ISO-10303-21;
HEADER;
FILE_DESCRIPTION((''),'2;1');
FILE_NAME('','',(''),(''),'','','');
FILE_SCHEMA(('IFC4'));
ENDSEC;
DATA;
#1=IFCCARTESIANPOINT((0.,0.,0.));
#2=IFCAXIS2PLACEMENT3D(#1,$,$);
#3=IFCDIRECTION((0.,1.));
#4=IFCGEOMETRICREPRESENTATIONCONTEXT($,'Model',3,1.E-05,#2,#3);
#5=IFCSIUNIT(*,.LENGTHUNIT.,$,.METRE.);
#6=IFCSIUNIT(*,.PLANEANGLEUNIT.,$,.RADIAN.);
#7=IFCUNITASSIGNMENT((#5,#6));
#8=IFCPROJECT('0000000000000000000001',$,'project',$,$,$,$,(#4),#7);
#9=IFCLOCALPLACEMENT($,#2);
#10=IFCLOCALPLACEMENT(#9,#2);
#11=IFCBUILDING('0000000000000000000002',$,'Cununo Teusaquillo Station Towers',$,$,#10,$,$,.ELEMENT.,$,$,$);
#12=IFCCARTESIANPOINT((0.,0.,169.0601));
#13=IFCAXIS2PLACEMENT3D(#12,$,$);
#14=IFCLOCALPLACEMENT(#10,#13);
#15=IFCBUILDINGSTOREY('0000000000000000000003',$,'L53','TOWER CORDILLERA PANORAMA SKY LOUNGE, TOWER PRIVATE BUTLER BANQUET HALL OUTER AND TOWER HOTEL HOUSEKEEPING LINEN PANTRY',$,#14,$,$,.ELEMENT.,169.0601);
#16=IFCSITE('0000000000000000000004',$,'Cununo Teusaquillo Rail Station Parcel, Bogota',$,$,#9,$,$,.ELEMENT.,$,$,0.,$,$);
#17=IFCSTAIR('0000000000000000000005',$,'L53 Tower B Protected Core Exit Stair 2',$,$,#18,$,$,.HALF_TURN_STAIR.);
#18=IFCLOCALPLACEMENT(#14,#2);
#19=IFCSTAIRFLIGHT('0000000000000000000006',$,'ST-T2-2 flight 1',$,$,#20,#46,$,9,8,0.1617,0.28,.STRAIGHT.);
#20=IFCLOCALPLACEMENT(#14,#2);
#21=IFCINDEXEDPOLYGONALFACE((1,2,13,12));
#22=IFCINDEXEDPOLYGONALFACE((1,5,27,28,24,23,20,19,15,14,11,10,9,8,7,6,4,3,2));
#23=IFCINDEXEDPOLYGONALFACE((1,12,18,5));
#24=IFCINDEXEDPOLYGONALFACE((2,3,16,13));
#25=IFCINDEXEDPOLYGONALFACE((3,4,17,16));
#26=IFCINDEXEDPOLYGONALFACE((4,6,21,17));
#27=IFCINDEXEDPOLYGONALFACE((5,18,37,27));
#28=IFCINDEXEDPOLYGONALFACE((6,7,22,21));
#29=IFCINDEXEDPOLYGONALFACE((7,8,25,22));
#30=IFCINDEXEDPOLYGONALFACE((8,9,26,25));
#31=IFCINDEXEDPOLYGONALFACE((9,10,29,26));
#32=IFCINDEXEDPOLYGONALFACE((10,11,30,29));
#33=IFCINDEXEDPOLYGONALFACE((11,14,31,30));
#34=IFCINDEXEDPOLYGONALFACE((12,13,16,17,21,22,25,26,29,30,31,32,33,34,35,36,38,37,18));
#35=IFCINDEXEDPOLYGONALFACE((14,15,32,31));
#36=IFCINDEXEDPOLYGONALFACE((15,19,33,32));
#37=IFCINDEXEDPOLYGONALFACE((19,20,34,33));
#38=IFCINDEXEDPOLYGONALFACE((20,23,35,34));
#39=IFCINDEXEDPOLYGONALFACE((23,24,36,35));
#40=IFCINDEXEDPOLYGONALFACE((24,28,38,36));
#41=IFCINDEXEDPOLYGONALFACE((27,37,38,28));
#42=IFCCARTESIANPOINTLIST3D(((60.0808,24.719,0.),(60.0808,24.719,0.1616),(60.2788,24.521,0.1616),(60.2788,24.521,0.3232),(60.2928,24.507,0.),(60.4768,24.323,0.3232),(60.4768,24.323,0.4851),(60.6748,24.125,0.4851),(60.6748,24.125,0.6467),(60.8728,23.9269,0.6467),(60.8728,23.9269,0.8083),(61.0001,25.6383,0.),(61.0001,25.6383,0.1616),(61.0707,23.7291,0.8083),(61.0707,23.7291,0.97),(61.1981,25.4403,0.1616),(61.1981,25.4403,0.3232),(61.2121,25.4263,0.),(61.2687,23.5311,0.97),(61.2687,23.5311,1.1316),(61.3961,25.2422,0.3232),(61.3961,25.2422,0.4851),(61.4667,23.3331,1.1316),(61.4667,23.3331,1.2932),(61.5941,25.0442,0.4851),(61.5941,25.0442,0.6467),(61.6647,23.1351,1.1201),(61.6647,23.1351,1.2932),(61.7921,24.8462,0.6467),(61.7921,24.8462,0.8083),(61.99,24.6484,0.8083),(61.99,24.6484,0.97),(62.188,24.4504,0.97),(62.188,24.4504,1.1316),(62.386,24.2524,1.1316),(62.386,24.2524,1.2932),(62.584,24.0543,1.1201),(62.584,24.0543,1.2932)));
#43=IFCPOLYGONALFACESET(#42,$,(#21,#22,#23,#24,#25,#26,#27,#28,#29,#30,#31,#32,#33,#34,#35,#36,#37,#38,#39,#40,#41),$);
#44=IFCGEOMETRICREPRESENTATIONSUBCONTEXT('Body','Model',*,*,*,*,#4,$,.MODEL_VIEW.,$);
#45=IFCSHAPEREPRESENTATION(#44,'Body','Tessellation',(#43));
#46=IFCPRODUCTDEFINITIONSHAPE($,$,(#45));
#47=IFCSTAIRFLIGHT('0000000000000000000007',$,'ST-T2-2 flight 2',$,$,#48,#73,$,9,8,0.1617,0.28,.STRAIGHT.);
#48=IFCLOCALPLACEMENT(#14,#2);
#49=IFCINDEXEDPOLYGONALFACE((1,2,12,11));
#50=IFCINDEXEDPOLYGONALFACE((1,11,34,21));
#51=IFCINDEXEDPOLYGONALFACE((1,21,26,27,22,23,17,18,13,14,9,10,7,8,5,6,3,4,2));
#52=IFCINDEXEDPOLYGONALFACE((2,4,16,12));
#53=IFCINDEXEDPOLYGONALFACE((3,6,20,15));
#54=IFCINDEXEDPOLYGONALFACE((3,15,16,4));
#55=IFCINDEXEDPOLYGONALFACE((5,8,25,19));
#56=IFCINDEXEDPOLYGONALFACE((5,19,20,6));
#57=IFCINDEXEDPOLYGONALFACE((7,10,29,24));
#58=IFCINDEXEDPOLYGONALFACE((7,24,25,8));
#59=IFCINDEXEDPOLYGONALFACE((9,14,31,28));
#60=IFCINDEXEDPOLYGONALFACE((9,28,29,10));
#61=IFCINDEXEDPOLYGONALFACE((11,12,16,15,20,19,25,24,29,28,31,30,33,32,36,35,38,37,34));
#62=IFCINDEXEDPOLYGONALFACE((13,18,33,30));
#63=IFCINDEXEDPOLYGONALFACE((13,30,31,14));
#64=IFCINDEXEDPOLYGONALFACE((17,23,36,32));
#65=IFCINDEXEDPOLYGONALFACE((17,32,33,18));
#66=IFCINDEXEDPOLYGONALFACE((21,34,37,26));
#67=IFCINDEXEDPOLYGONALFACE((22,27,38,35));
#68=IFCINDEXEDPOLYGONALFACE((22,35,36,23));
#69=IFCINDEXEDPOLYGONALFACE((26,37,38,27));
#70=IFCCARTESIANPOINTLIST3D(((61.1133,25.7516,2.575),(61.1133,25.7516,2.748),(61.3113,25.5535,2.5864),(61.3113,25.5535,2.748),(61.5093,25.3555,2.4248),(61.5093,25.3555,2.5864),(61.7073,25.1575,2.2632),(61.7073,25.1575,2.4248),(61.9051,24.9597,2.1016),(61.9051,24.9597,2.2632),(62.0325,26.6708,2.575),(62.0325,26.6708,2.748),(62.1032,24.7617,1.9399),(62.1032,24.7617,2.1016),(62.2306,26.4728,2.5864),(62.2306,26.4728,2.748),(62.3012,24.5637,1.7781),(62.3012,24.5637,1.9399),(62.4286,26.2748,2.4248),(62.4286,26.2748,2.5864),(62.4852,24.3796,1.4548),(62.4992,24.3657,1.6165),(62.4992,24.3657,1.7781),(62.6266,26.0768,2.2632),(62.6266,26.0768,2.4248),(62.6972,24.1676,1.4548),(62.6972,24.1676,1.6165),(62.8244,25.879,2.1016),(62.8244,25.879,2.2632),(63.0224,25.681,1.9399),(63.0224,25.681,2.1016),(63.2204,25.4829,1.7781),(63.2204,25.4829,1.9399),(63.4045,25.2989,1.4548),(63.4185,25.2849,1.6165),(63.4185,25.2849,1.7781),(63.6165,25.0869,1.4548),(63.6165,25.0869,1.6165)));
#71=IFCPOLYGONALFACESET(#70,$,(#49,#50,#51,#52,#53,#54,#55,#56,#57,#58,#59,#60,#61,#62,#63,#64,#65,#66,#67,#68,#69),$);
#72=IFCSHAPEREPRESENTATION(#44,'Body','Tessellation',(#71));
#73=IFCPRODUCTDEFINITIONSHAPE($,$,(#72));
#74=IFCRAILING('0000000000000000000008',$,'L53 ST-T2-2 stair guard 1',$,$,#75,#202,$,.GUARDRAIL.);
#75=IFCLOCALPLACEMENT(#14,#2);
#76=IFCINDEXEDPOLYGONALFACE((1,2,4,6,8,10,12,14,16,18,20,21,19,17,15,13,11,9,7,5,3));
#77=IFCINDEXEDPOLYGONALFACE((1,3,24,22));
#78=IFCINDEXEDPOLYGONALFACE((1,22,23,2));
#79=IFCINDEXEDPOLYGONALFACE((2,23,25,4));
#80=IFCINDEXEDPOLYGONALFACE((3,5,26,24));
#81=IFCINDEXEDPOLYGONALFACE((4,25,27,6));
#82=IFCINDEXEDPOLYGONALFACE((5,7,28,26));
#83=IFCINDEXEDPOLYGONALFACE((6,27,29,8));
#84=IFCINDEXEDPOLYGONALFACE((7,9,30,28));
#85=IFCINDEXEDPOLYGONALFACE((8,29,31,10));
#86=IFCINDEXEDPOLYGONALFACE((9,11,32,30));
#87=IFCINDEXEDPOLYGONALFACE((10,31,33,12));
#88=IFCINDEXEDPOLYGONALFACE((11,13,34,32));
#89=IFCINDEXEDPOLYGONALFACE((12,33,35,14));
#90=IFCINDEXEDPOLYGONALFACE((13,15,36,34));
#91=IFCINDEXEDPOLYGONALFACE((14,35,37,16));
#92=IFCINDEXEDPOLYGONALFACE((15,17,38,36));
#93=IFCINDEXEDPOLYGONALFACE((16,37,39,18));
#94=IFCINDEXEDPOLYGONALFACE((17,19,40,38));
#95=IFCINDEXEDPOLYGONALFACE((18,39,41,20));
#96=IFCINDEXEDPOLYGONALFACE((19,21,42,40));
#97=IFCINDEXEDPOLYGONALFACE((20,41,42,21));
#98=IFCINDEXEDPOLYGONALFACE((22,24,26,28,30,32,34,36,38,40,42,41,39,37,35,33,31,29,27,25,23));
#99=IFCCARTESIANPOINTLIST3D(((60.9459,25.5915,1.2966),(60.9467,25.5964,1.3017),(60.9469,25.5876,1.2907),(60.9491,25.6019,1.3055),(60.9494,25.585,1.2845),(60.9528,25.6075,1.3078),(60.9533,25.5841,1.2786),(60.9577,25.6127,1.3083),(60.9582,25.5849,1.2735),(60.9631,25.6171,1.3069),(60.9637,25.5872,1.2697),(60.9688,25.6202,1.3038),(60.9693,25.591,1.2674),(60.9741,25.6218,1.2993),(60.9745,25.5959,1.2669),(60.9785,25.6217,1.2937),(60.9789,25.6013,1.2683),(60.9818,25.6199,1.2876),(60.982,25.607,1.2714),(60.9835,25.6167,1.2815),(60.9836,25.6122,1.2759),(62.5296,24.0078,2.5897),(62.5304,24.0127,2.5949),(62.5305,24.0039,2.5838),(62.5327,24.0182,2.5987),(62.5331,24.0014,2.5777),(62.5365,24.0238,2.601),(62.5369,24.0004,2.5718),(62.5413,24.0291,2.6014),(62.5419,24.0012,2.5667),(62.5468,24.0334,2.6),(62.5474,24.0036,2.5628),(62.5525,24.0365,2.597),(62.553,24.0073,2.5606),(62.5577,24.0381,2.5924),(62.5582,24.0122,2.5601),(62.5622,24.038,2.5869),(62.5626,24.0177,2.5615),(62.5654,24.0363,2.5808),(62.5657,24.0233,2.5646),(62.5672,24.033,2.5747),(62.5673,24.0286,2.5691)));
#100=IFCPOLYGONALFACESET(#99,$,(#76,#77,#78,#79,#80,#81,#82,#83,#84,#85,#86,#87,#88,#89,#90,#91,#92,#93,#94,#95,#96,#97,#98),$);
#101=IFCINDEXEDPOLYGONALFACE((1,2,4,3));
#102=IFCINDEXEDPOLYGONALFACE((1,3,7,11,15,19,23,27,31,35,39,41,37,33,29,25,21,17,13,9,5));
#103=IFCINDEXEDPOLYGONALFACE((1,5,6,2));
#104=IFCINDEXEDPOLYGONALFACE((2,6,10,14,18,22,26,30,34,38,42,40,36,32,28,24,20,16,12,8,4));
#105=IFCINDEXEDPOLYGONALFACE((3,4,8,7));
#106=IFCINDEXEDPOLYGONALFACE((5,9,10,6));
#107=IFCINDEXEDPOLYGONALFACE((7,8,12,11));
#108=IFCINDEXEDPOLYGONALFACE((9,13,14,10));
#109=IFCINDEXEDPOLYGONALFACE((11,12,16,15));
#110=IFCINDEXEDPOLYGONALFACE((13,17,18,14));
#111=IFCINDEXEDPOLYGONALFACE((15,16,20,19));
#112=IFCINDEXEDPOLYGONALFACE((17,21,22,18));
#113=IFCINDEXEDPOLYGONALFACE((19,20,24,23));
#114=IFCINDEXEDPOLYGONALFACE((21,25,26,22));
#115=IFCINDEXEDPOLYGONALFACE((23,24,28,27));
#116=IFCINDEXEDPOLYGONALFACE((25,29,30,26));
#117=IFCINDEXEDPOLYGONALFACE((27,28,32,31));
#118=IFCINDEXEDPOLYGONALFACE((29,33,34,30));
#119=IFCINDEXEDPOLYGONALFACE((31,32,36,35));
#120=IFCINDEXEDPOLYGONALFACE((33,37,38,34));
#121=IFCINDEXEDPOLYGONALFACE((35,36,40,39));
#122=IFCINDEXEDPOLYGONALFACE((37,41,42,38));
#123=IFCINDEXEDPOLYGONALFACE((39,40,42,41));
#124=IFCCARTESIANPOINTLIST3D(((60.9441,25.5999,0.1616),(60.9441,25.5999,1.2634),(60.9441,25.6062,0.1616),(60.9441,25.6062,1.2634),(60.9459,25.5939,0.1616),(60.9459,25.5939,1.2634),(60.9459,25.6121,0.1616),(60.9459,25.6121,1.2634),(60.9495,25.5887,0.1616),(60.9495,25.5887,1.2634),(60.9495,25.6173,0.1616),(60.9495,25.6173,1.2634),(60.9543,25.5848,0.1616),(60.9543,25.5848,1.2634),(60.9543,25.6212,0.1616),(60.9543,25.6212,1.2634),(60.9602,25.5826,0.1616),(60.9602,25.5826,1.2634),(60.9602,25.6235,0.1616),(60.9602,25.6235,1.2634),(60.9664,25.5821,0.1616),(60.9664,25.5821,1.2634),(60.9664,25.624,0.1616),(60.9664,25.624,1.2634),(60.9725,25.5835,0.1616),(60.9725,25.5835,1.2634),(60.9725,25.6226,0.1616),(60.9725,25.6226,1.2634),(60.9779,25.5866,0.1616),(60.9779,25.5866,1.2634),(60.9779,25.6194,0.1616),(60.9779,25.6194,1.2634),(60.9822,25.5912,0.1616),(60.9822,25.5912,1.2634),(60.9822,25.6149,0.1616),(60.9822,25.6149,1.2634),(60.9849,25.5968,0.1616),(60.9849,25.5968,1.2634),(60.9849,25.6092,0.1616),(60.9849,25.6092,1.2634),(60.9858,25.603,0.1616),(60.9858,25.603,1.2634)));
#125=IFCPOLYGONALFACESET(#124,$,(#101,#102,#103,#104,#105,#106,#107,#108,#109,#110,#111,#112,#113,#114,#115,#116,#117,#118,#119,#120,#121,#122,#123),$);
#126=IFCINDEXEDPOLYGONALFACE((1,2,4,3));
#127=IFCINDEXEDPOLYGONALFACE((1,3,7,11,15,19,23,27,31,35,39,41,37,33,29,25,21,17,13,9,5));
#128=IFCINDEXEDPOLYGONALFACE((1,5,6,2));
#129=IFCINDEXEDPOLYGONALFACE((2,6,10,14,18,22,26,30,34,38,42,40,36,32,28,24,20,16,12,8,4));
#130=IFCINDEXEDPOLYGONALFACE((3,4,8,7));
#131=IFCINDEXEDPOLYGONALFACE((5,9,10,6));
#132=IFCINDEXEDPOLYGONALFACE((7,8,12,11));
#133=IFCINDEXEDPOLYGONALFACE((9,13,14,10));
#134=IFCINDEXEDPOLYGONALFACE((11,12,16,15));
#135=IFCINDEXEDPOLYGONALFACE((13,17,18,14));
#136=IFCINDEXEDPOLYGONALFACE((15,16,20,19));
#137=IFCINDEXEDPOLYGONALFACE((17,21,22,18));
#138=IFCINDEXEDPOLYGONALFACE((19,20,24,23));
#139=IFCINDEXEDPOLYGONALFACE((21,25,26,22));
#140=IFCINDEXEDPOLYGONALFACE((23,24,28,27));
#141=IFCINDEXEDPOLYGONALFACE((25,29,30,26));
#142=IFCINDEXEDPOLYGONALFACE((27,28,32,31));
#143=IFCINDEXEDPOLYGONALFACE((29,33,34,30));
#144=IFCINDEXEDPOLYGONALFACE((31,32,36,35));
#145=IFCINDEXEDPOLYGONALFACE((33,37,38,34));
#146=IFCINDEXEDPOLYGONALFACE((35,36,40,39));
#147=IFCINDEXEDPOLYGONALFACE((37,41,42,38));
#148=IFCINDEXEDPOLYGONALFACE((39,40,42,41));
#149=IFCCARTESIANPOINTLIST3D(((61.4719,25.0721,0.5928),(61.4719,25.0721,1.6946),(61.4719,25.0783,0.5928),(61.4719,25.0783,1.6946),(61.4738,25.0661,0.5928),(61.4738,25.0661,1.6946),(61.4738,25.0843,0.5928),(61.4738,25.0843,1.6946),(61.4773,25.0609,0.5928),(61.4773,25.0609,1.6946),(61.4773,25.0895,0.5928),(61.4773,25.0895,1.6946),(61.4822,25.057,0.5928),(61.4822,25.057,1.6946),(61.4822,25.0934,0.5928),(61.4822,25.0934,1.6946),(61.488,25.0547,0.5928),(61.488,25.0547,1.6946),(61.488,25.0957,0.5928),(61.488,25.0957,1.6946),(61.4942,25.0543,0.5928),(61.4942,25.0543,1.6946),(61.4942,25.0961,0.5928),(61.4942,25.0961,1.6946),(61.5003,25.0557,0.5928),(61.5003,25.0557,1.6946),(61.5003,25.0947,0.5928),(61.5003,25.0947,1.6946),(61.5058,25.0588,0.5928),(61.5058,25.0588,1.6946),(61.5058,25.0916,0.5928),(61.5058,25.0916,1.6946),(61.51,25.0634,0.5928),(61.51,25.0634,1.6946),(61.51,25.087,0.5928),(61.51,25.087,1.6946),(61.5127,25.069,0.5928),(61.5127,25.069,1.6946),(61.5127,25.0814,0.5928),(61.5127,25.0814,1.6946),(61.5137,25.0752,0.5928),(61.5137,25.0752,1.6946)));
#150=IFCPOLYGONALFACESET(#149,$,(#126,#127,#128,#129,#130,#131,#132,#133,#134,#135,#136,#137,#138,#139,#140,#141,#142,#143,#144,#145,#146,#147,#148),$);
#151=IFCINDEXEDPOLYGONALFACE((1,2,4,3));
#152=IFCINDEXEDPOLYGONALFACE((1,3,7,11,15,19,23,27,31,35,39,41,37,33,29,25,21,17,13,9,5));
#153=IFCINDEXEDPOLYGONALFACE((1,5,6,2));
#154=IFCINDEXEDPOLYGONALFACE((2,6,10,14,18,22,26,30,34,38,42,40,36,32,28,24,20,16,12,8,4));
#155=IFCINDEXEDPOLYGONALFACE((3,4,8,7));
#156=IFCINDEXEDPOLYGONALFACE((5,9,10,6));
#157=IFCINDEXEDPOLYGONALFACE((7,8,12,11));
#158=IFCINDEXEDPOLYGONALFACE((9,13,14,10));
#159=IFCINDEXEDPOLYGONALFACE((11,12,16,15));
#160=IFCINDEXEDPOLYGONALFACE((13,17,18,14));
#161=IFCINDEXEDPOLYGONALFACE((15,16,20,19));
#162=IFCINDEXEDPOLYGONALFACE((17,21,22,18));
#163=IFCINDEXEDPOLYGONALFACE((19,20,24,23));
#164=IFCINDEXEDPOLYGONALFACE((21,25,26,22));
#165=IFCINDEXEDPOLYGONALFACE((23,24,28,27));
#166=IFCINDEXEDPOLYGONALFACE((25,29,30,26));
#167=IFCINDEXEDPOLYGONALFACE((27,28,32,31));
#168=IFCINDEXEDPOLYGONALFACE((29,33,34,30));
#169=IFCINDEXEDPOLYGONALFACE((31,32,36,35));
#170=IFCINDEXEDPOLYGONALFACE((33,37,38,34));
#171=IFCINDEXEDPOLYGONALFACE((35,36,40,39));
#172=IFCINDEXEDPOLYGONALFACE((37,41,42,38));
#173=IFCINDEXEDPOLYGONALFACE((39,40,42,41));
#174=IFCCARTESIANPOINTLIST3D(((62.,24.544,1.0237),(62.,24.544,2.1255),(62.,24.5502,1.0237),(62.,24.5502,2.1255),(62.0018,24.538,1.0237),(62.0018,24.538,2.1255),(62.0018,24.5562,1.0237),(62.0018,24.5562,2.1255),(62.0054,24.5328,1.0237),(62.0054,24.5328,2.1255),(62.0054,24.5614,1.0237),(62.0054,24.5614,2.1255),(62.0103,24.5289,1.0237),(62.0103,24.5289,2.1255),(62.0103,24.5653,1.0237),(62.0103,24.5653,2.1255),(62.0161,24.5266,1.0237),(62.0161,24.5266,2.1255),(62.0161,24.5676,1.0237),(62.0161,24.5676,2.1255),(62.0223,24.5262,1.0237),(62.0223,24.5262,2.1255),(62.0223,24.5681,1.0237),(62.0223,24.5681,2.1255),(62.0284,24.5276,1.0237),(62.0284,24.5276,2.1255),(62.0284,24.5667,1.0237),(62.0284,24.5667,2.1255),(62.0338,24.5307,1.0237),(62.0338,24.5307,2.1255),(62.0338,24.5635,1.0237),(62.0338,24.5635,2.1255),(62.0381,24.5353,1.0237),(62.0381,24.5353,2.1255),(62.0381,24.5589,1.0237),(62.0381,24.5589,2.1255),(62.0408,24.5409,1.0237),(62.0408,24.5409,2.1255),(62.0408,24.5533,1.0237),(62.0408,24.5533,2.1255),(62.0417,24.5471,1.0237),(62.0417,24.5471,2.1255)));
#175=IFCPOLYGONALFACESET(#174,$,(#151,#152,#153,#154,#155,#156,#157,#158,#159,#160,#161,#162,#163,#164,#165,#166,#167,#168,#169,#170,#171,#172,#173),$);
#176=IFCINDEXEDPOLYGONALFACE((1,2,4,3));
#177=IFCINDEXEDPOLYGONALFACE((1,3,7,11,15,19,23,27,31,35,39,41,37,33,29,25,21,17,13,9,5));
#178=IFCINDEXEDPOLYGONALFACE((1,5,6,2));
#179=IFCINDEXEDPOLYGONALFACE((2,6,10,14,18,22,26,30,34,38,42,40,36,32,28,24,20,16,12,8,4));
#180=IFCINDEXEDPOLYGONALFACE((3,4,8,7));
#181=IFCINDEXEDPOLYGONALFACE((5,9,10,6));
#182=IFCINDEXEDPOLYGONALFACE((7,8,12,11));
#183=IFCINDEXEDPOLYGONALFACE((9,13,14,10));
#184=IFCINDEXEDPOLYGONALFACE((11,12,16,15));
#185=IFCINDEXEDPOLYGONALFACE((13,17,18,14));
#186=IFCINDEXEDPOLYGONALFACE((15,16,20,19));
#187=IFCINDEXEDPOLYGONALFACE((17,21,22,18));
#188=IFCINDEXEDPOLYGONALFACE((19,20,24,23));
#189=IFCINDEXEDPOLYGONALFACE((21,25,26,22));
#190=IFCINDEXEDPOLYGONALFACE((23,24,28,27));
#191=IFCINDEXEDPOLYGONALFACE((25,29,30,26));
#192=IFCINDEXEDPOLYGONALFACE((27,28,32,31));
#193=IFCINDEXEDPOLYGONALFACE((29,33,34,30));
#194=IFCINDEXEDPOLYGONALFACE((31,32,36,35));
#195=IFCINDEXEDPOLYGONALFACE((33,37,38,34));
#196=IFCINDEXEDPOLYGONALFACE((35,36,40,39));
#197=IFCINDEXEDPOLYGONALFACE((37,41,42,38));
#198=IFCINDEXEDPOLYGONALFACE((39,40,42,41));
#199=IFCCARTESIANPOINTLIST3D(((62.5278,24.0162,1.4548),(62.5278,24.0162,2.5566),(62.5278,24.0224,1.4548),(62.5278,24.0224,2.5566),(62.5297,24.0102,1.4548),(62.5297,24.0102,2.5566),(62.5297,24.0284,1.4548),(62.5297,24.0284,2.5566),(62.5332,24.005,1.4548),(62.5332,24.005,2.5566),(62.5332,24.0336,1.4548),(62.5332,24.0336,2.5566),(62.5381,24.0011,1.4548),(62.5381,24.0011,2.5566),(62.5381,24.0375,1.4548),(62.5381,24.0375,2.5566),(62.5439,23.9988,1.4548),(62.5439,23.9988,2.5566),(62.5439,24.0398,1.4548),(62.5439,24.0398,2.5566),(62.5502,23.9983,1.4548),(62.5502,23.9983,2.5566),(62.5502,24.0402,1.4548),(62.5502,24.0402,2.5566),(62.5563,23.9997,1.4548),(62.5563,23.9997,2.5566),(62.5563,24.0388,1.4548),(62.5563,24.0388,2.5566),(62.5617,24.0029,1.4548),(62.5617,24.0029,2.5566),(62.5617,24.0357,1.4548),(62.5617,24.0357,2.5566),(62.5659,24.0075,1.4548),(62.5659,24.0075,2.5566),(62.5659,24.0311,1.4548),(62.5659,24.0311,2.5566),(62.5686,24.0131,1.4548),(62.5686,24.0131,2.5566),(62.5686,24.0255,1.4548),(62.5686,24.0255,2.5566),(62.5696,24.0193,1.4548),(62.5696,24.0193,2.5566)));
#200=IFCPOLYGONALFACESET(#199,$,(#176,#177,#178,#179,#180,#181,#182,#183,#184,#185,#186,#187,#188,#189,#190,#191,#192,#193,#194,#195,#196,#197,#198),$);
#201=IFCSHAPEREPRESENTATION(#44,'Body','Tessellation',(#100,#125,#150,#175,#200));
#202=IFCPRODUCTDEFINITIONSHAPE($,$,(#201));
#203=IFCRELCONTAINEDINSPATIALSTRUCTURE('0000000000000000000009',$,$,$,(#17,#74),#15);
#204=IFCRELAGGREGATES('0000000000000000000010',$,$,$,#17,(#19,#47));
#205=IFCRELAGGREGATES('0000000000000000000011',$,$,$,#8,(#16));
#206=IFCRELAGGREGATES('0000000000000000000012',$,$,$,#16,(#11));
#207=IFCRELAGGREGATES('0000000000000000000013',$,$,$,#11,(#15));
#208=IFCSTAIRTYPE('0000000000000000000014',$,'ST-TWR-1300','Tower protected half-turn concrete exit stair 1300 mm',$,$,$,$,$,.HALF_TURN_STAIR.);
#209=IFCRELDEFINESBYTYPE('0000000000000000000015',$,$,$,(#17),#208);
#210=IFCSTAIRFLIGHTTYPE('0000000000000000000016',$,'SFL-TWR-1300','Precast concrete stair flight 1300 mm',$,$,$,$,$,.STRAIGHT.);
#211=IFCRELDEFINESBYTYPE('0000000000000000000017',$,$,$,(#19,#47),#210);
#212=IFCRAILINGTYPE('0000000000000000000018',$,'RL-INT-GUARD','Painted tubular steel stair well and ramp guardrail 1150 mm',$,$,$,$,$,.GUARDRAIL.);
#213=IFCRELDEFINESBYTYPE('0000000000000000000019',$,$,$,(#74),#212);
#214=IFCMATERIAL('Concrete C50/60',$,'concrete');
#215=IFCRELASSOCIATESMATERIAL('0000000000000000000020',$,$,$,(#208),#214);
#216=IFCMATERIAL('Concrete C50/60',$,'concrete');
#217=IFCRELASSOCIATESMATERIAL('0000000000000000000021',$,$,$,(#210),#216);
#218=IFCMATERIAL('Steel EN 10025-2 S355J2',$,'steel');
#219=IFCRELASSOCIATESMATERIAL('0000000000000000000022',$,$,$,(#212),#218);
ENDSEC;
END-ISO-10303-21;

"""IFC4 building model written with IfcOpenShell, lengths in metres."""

from ifc_helpers import new_model, si_unit, direction, frame, origin, origin_2d, place, context, subcontext, project, spatial, polyline, circle, outline, extrude, material, type_object, element, aggregate, save


model = new_model("IFC4")

# Units and contexts
model_context = context("Model", 3, precision=1e-05, world=origin(), true_north=direction((0.0, 1.0)))
body_context = subcontext(model_context, "Body", "Model", "MODEL_VIEW")
ifc_project = project(units=[si_unit("LENGTHUNIT", "METRE"), si_unit("PLANEANGLEUNIT", "RADIAN")], contexts=[model_context])

# Site, building, storey
site_placement = place(None, origin())
site = spatial("IfcSite", under=ifc_project, at=site_placement, Name="Cununo Teusaquillo Rail Station Parcel, Bogota", CompositionType="ELEMENT", RefElevation=0.0)
building_placement = place(site_placement, origin())
building = spatial("IfcBuilding", under=site, at=building_placement, Name="Cununo Teusaquillo Station Towers", CompositionType="ELEMENT")
storey_placement = place(building_placement, frame((0.0, 0.0, 169.0601)))
storey = spatial("IfcBuildingStorey", under=building, at=storey_placement, Name="L53", Description="TOWER CORDILLERA PANORAMA SKY LOUNGE, TOWER PRIVATE BUTLER BANQUET HALL OUTER AND TOWER HOTEL HOUSEKEEPING LINEN PANTRY", CompositionType="ELEMENT", Elevation=169.0601)

# Stair, stair flights
ifc_material_1 = material(Name="Concrete C50/60", Category="concrete")
stair_type = type_object("IfcStairType", Name="ST-TWR-1300", Description="Tower protected half-turn concrete exit stair 1300 mm", PredefinedType="HALF_TURN_STAIR", material=ifc_material_1)
stair_placement = place(storey_placement, origin())
stair = element("IfcStair", 1, at=stair_placement, inside=storey, type_object=stair_type, Name="L53 Tower B Protected Core Exit Stair 2", PredefinedType="HALF_TURN_STAIR")
ifc_material_2 = material(Name="Concrete C50/60", Category="concrete")
stair_flight_type = type_object("IfcStairFlightType", Name="SFL-TWR-1300", Description="Precast concrete stair flight 1300 mm", PredefinedType="STRAIGHT", material=ifc_material_2)
stair_flight_1_placement = place(storey_placement, frame((60.5405, 25.1787, 0.0), z_axis=(0.0, 0.0, 1.0), x_axis=(0.707107, -0.707107, 0.0)))
stair_flight_1 = element("IfcStairFlight", 2, at=stair_flight_1_placement, type_object=stair_flight_type, Name="ST-T2-2 flight 1", NumberOfRisers=9, NumberOfTreads=8, PredefinedType="STRAIGHT", RiserHeight=0.1617, TreadLength=0.28, context=body_context, shape_type="SweptSolid", body=[
    extrude(outline(polyline([(0.0, 0.0), (0.0, 0.1616), (0.28, 0.1616), (0.28, 0.3232), (0.5601, 0.3232), (0.5601, 0.4851), (0.8401, 0.4851), (0.8401, 0.6467), (1.1201, 0.6467), (1.1201, 0.8083), (1.3999, 0.8083), (1.3999, 0.97), (1.6799, 0.97), (1.6799, 1.1316), (1.96, 1.1316), (1.96, 1.2932), (2.24, 1.2932), (2.24, 1.4551), (2.24, 1.1201), (0.2998, 0.0), (0.0, 0.0)])), frame((0.0, 0.6499, 0.0), z_axis=(0.0, -1.0, 0.0), x_axis=(1.0, 0.0, 0.0)), (0.0, 0.0, 1.0), 1.3),
])
stair_flight_2_placement = place(storey_placement, frame((63.1567, 24.6272, 1.4548), z_axis=(0.0, 0.0, 1.0), x_axis=(-0.707107, 0.707107, 0.0)))
stair_flight_2 = element("IfcStairFlight", 3, at=stair_flight_2_placement, type_object=stair_flight_type, Name="ST-T2-2 flight 2", NumberOfRisers=9, NumberOfTreads=8, PredefinedType="STRAIGHT", RiserHeight=0.1617, TreadLength=0.28, context=body_context, shape_type="SweptSolid", body=[
    extrude(outline(polyline([(0.0, 0.0), (0.0, 0.1616), (0.28, 0.1616), (0.28, 0.3232), (0.5601, 0.3232), (0.5601, 0.4851), (0.8401, 0.4851), (0.8401, 0.6467), (1.1201, 0.6467), (1.1201, 0.8083), (1.3999, 0.8083), (1.3999, 0.97), (1.6799, 0.97), (1.6799, 1.1316), (1.96, 1.1316), (1.96, 1.2932), (2.24, 1.2932), (2.24, 1.4551), (2.24, 1.1201), (0.2998, 0.0), (0.0, 0.0)])), frame((0.0, 0.6499, 0.0), z_axis=(0.0, -1.0, 0.0), x_axis=(1.0, 0.0, 0.0)), (0.0, 0.0, 1.0), 1.3),
])
aggregate(stair, [stair_flight_1, stair_flight_2])

# Railing
ifc_material_3 = material(Name="Steel EN 10025-2 S355J2", Category="steel")
railing_type_1 = type_object("IfcRailingType", Name="RL-INT-GUARD", Description="Painted tubular steel stair well and ramp guardrail 1150 mm", PredefinedType="GUARDRAIL", material=ifc_material_3)
railing_1_placement = place(storey_placement, frame((60.9648, 25.603, 0.1616)))
element("IfcRailing", 4, at=railing_1_placement, inside=storey, type_object=railing_type_1, Name="L53 ST-T2-2 stair guard 1", PredefinedType="GUARDRAIL", context=body_context, shape_type="SweptSolid", body=[
    extrude(circle(Radius=0.0239, at=origin_2d()), frame((0.0, 0.0, 1.126), z_axis=(0.612361, -0.612361, 0.500027), x_axis=(0.707107, 0.707107, 0.0)), (0.0, 0.0, 1.0), 2.5862),
    extrude(circle(Radius=0.021, at=origin_2d()), origin(), (0.0, 0.0, 1.0), 1.1018),
    extrude(circle(Radius=0.021, at=origin_2d()), frame((0.5278, -0.5278, 0.4312)), (0.0, 0.0, 1.0), 1.1018),
    extrude(circle(Radius=0.021, at=origin_2d()), frame((1.0559, -1.0559, 0.8621)), (0.0, 0.0, 1.0), 1.1018),
    extrude(circle(Radius=0.021, at=origin_2d()), frame((1.5837, -1.5837, 1.2932)), (0.0, 0.0, 1.0), 1.1018),
])

save(model, "model.ifc")
